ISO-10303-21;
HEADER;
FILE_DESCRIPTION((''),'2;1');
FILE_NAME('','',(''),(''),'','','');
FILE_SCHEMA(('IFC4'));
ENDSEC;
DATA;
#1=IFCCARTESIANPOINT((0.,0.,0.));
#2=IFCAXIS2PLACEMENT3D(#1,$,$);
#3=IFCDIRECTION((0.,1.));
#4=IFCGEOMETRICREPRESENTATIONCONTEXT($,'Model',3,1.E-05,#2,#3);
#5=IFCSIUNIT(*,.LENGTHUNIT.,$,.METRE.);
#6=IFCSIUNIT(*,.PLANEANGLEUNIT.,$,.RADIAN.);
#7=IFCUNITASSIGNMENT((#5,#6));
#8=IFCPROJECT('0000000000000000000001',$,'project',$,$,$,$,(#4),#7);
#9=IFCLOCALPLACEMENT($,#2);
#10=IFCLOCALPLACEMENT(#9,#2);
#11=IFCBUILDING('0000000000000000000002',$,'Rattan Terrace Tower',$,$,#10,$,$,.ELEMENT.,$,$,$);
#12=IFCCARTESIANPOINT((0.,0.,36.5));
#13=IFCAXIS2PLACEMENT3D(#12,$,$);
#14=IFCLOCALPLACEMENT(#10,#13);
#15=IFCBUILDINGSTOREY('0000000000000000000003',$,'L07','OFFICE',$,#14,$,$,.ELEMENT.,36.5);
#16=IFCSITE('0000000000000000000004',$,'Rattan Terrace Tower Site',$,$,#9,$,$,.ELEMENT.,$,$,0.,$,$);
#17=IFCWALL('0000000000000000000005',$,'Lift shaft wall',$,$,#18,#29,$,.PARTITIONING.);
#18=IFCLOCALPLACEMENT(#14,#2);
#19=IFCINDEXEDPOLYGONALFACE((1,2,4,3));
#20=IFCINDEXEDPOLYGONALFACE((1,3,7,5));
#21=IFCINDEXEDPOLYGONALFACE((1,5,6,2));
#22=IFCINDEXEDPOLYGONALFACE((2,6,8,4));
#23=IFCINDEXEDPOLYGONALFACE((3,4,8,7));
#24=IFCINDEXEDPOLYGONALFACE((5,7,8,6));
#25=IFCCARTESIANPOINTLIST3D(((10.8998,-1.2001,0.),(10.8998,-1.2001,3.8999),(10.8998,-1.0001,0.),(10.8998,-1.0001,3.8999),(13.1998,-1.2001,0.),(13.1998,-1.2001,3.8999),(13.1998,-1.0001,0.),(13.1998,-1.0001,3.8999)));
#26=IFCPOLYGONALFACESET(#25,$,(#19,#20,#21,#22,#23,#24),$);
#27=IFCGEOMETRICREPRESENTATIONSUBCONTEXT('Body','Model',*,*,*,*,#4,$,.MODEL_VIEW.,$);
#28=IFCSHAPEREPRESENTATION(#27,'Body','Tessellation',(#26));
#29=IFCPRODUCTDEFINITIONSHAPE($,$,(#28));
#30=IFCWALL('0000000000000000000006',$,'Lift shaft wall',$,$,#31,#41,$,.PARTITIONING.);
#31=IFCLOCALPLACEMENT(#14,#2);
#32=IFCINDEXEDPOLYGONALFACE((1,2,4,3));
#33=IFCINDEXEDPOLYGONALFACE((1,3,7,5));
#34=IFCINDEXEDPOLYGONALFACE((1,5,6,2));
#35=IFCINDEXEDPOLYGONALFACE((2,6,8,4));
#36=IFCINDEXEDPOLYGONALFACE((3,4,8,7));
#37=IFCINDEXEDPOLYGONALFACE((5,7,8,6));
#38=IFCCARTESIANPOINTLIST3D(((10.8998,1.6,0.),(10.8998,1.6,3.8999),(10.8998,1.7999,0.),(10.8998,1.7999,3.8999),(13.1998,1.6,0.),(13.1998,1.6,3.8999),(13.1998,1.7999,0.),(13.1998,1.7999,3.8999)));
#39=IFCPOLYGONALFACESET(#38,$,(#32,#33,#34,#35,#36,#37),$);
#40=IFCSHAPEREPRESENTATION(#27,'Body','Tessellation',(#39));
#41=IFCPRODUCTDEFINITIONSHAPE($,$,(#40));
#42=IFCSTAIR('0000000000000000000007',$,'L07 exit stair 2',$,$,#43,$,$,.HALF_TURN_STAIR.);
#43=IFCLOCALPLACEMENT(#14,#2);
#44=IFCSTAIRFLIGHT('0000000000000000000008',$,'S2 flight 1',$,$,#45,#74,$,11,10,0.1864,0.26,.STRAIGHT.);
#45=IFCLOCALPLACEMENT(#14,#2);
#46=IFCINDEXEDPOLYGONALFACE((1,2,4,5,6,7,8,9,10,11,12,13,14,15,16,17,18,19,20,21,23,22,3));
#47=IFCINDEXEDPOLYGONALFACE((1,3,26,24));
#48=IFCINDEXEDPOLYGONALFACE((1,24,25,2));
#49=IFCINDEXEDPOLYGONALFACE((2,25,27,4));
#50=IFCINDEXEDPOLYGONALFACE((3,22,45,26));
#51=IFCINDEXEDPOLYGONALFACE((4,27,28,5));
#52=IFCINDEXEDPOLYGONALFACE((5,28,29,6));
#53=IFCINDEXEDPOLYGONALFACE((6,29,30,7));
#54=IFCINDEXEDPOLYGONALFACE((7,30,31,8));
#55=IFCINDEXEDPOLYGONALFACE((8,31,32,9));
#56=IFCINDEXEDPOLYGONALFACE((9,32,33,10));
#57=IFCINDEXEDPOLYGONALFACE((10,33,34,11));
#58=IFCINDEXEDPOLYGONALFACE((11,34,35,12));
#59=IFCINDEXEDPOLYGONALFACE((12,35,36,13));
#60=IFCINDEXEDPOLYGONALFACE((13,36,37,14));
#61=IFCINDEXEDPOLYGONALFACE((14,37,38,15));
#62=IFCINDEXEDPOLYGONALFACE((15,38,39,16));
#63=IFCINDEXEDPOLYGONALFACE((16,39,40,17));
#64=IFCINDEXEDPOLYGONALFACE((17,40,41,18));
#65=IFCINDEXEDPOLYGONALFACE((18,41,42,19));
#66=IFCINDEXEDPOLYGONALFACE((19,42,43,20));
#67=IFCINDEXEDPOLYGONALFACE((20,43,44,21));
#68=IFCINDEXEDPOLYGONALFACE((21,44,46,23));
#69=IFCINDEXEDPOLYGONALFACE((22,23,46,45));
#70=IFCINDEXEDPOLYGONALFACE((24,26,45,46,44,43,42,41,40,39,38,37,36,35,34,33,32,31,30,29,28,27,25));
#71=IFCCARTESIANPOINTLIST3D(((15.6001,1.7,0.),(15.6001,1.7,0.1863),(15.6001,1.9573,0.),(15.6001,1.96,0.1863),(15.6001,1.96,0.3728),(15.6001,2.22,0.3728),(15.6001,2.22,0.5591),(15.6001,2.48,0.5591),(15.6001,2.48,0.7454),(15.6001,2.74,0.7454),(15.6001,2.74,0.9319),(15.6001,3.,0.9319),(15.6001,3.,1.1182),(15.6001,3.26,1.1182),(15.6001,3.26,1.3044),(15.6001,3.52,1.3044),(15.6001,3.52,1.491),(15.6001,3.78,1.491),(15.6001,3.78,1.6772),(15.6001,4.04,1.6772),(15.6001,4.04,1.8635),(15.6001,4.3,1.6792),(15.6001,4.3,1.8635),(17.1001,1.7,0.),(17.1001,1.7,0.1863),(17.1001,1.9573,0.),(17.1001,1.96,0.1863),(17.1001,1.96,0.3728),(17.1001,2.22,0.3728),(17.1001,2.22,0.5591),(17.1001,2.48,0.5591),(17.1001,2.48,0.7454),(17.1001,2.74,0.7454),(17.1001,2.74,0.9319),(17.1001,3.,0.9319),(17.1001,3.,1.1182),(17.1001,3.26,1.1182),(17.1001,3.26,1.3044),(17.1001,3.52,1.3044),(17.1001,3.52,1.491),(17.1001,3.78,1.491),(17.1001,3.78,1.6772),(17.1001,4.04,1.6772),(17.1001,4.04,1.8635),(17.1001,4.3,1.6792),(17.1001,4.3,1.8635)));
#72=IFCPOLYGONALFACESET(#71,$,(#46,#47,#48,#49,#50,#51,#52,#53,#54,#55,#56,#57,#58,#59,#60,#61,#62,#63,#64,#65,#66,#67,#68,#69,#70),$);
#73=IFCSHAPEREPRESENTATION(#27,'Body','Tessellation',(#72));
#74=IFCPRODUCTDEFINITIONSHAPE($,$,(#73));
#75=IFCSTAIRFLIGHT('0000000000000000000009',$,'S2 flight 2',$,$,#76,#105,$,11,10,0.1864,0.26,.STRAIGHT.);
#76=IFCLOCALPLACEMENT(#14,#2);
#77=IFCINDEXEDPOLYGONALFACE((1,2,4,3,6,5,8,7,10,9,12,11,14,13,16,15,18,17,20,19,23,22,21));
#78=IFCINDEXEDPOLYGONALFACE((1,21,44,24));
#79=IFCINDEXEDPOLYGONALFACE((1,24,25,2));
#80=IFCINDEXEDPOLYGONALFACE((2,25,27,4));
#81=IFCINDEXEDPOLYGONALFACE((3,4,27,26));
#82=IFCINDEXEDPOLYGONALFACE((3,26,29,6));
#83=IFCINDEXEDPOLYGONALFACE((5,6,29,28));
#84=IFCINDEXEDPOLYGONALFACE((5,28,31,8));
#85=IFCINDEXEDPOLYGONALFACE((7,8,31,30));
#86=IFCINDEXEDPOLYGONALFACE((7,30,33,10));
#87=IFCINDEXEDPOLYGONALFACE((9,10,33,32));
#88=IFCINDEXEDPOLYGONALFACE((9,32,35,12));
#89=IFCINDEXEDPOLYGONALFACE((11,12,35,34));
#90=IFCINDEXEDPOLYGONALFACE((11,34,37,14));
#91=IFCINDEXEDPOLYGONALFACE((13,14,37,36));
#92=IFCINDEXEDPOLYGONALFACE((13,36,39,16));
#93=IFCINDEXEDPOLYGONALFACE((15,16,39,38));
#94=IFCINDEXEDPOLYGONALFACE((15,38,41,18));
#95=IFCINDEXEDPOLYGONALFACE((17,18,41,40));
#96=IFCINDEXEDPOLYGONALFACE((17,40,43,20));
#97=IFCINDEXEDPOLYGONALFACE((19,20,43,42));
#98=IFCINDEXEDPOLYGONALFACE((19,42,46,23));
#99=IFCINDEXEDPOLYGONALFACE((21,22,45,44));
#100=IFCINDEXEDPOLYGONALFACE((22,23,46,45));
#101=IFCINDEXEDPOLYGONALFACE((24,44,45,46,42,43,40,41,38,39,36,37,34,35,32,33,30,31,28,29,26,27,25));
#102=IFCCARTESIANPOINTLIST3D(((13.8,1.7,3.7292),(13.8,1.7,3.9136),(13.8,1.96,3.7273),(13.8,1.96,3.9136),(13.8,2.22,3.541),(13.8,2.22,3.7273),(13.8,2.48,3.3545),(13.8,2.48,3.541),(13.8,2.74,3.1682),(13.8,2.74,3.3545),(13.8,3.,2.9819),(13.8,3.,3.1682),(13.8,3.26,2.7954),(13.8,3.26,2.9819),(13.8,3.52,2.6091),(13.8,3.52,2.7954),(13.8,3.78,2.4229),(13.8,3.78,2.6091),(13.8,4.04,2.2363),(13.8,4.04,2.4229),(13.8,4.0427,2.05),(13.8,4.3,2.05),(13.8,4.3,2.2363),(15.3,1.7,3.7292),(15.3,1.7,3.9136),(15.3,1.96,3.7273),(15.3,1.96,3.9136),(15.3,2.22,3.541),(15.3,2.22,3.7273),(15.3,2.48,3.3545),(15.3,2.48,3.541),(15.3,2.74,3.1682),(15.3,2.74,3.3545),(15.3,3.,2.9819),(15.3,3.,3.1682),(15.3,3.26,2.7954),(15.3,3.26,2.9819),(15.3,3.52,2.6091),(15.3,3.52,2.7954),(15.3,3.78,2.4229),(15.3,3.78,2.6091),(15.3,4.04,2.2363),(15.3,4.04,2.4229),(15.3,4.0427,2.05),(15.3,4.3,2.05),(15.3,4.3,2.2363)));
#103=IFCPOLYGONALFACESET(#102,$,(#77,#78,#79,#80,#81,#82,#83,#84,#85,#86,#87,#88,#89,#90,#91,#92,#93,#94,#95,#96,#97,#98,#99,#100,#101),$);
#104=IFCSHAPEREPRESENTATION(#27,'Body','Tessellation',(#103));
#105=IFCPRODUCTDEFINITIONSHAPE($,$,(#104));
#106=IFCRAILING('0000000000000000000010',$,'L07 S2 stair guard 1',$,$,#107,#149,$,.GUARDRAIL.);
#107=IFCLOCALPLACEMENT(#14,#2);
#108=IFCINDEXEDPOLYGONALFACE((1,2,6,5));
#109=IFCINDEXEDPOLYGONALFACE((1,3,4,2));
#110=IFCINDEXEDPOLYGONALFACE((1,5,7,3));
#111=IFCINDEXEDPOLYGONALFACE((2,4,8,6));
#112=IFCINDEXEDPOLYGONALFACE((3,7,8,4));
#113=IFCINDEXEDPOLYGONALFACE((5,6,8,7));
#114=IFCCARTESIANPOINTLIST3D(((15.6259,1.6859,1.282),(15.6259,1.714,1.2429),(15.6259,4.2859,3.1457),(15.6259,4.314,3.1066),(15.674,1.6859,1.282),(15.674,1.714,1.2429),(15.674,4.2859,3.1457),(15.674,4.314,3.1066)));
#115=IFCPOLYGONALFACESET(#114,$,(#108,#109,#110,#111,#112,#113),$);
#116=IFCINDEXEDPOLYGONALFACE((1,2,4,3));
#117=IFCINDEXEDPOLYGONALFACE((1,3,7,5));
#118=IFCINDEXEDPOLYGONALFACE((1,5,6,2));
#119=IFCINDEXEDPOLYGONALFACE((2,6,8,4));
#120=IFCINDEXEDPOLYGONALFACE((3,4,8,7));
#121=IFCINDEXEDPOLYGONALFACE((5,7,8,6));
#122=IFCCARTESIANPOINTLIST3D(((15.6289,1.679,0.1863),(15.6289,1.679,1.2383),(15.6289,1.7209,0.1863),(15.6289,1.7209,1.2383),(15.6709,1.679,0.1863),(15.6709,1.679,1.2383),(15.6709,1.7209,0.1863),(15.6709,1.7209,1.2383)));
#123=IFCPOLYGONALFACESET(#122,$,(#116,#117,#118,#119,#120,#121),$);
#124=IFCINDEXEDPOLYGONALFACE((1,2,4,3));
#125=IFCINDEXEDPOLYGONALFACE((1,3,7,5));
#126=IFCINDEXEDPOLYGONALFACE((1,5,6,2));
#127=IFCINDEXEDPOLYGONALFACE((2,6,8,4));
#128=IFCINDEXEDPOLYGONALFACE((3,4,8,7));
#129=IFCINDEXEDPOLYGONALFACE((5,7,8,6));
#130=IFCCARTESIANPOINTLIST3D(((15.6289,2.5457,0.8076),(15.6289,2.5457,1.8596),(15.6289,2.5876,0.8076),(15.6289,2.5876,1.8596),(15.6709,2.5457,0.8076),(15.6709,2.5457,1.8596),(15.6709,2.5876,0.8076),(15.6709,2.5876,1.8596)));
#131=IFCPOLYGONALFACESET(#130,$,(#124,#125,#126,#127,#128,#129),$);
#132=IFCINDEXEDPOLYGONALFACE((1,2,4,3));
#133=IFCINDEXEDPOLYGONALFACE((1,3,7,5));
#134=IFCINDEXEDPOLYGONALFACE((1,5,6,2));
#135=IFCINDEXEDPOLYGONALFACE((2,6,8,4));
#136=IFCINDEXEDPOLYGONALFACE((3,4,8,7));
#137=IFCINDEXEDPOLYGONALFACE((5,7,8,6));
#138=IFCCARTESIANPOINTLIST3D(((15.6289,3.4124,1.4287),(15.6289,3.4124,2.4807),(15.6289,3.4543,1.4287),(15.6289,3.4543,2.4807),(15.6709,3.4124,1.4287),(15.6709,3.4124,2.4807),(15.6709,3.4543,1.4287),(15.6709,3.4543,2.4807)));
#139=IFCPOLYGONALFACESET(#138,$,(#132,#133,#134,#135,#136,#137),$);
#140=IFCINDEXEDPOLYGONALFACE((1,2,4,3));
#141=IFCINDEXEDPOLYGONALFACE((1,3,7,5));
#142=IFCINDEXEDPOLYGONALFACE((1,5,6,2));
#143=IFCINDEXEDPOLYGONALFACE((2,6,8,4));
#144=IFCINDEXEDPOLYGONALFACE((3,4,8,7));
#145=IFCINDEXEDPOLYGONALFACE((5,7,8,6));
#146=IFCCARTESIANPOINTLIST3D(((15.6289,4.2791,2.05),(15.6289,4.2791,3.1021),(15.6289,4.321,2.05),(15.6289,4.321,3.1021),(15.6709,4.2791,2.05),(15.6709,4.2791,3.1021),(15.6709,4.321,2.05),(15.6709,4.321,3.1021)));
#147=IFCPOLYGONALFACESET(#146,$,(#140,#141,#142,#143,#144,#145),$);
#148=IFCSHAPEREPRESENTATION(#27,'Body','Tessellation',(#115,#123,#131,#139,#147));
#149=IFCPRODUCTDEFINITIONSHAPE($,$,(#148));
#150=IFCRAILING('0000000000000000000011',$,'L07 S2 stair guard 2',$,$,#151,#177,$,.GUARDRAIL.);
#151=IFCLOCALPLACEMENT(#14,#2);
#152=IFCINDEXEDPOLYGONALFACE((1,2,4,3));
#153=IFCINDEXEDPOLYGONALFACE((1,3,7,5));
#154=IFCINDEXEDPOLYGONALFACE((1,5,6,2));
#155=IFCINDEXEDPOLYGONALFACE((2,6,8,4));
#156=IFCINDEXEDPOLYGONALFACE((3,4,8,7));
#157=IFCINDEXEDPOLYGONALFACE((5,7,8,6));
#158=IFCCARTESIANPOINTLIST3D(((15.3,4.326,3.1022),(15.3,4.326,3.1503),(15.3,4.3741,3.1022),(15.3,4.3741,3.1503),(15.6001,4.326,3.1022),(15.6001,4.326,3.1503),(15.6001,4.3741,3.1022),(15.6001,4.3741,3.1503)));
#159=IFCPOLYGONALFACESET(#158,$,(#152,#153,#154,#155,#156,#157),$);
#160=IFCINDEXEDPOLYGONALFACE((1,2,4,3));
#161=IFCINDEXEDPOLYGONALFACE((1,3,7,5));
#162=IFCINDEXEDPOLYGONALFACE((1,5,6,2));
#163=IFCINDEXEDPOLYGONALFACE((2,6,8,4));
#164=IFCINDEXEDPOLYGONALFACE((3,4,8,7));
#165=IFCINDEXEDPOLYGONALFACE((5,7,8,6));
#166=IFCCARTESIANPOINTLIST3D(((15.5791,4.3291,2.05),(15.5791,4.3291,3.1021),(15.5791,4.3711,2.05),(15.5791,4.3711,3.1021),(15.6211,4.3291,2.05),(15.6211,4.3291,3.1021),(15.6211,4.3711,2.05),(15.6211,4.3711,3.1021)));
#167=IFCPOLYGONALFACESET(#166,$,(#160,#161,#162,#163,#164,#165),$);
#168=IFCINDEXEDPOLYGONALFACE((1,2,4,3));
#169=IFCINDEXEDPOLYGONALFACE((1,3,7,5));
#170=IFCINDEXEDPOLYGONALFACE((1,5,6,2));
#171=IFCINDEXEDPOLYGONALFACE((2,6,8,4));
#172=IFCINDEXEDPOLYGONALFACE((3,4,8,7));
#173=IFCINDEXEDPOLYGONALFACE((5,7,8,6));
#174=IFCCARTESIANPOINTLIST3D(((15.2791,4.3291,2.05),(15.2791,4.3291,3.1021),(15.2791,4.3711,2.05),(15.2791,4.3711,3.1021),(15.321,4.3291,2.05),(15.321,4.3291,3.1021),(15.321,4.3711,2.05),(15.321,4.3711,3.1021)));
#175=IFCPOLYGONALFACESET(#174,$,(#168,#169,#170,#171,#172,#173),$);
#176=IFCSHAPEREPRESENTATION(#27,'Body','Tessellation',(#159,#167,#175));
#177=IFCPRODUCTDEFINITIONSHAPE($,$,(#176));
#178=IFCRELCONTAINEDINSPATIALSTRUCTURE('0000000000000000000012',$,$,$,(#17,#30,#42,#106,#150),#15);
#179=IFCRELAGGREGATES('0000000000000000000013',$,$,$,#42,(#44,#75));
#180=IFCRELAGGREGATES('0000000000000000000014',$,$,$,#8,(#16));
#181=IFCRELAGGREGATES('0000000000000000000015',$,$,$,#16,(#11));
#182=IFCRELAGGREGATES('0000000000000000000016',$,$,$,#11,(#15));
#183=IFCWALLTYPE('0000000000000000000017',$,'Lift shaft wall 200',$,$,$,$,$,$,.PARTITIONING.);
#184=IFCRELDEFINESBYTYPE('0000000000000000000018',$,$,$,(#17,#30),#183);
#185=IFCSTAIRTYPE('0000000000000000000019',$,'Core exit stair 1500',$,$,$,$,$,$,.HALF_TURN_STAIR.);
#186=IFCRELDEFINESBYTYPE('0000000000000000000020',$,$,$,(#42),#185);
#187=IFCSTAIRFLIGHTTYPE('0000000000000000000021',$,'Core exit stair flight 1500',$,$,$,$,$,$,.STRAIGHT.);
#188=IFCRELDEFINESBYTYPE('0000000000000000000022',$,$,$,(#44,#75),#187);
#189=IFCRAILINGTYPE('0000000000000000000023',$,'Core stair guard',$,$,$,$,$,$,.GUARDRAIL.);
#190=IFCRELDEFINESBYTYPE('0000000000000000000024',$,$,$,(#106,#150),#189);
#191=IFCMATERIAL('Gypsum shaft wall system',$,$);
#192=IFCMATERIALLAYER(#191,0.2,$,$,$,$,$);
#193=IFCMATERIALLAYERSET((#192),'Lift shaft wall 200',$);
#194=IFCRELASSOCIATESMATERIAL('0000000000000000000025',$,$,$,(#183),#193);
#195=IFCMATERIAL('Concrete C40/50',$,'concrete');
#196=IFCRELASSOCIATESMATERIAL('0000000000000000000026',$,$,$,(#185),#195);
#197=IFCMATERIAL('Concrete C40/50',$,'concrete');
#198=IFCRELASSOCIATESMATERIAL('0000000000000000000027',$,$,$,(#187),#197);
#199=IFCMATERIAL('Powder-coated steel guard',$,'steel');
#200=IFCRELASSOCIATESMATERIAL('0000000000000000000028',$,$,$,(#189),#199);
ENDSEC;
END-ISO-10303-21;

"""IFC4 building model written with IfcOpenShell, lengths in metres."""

from ifc_helpers import new_model, si_unit, direction, frame, frame_2d, origin, origin_2d, place, context, subcontext, project, spatial, polyline, rectangle, outline, extrude, material, layer, layer_set, type_object, element, aggregate, save


model = new_model("IFC4")

# Units and contexts
model_context = context("Model", 3, precision=1e-05, world=origin(), true_north=direction((0.0, 1.0)))
body_context = subcontext(model_context, "Body", "Model", "MODEL_VIEW")
ifc_project = project(units=[si_unit("LENGTHUNIT", "METRE"), si_unit("PLANEANGLEUNIT", "RADIAN")], contexts=[model_context])

# Site, building, storey
site_placement = place(None, origin())
site = spatial("IfcSite", under=ifc_project, at=site_placement, Name="Rattan Terrace Tower Site", CompositionType="ELEMENT", RefElevation=0.0)
building_placement = place(site_placement, origin())
building = spatial("IfcBuilding", under=site, at=building_placement, Name="Rattan Terrace Tower", CompositionType="ELEMENT")
storey_placement = place(building_placement, frame((0.0, 0.0, 36.5)))
storey = spatial("IfcBuildingStorey", under=building, at=storey_placement, Name="L07", Description="OFFICE", CompositionType="ELEMENT", Elevation=36.5)

# Walls
ifc_material_1 = material(Name="Gypsum shaft wall system")
ifc_layer_1 = layer(ifc_material_1, 0.2)
ifc_layer_set_1 = layer_set([ifc_layer_1], Name="Lift shaft wall 200")
wall_type_1 = type_object("IfcWallType", Name="Lift shaft wall 200", PredefinedType="PARTITIONING", material=ifc_layer_set_1)
for number, where, z_axis, x_axis, name in (
    (1, (10.8999, -1.1001, 0.0), (0.0, 0.0, 1.0), (1.0, 0.0, 0.0), "Lift shaft wall"),
    (2, (10.8999, 1.7, 0.0), (0.0, 0.0, 1.0), (1.0, 0.0, 0.0), "Lift shaft wall"),
):
    element("IfcWall", number, at=place(storey_placement, frame(where, z_axis=z_axis, x_axis=x_axis)), inside=storey, type_object=wall_type_1, Name=name, PredefinedType="PARTITIONING", context=body_context, shape_type="SweptSolid", body=[
        extrude(rectangle(XDim=2.3, YDim=0.2, at=frame_2d((1.1499, 0.0))), origin(), (0.0, 0.0, 1.0), 3.8999),
    ])

# Stair, stair flights
ifc_material_2 = material(Name="Concrete C40/50", Category="concrete")
stair_type = type_object("IfcStairType", Name="Core exit stair 1500", PredefinedType="HALF_TURN_STAIR", material=ifc_material_2)
stair_placement = place(storey_placement, origin())
stair = element("IfcStair", 3, at=stair_placement, inside=storey, type_object=stair_type, Name="L07 exit stair 2", PredefinedType="HALF_TURN_STAIR")
ifc_material_3 = material(Name="Concrete C40/50", Category="concrete")
stair_flight_type = type_object("IfcStairFlightType", Name="Core exit stair flight 1500", PredefinedType="STRAIGHT", material=ifc_material_3)
stair_flight_1_placement = place(storey_placement, frame((16.3501, 1.7, 0.0), z_axis=(0.0, 0.0, 1.0), x_axis=(0.0, 1.0, 0.0)))
stair_flight_1 = element("IfcStairFlight", 4, at=stair_flight_1_placement, type_object=stair_flight_type, Name="S2 flight 1", NumberOfRisers=11, NumberOfTreads=10, PredefinedType="STRAIGHT", RiserHeight=0.1864, TreadLength=0.26, context=body_context, shape_type="SweptSolid", body=[
    extrude(outline(polyline([(0.0, 0.0), (0.0, 0.1863), (0.26, 0.1863), (0.26, 0.3728), (0.52, 0.3728), (0.52, 0.5591), (0.78, 0.5591), (0.78, 0.7454), (1.04, 0.7454), (1.04, 0.9319), (1.3, 0.9319), (1.3, 1.1182), (1.5601, 1.1182), (1.5601, 1.3044), (1.8201, 1.3044), (1.8201, 1.491), (2.0801, 1.491), (2.0801, 1.6772), (2.3401, 1.6772), (2.3401, 1.8635), (2.6001, 1.8635), (2.6001, 2.05), (2.6001, 1.6792), (0.2573, 0.0), (0.0, 0.0)])), frame((0.0, 0.75, 0.0), z_axis=(0.0, -1.0, 0.0), x_axis=(1.0, 0.0, 0.0)), (0.0, 0.0, 1.0), 1.5),
])
stair_flight_2_placement = place(storey_placement, frame((14.55, 4.3, 2.05), z_axis=(0.0, 0.0, 1.0), x_axis=(0.0, -1.0, 0.0)))
stair_flight_2 = element("IfcStairFlight", 5, at=stair_flight_2_placement, type_object=stair_flight_type, Name="S2 flight 2", NumberOfRisers=11, NumberOfTreads=10, PredefinedType="STRAIGHT", RiserHeight=0.1864, TreadLength=0.26, context=body_context, shape_type="SweptSolid", body=[
    extrude(outline(polyline([(0.0, 0.0), (0.0, 0.1863), (0.26, 0.1863), (0.26, 0.3728), (0.52, 0.3728), (0.52, 0.5591), (0.78, 0.5591), (0.78, 0.7454), (1.04, 0.7454), (1.04, 0.9319), (1.3, 0.9319), (1.3, 1.1182), (1.5601, 1.1182), (1.5601, 1.3044), (1.8201, 1.3044), (1.8201, 1.491), (2.0801, 1.491), (2.0801, 1.6772), (2.3401, 1.6772), (2.3401, 1.8635), (2.6001, 1.8635), (2.6001, 2.05), (2.6001, 1.6792), (0.2573, 0.0), (0.0, 0.0)])), frame((0.0, 0.75, 0.0), z_axis=(0.0, -1.0, 0.0), x_axis=(1.0, 0.0, 0.0)), (0.0, 0.0, 1.0), 1.5),
])
aggregate(stair, [stair_flight_1, stair_flight_2])

# Railings
ifc_material_4 = material(Name="Powder-coated steel guard", Category="steel")
railing_type_1 = type_object("IfcRailingType", Name="Core stair guard", PredefinedType="GUARDRAIL", material=ifc_material_4)
railing_1_placement = place(storey_placement, frame((15.6499, 1.7, 0.1863)))
element("IfcRailing", 6, at=railing_1_placement, inside=storey, type_object=railing_type_1, Name="L07 S2 stair guard 1", PredefinedType="GUARDRAIL", context=body_context, shape_type="SweptSolid", body=[
    extrude(rectangle(XDim=0.0481, YDim=0.0481, at=origin_2d()), frame((0.0, 0.0, 1.0762), z_axis=(0.0, 0.812763, 0.582595), x_axis=(-1.0, 0.0, 0.0)), (0.0, 0.0, 1.0), 3.199),
    extrude(rectangle(XDim=0.042, YDim=0.042, at=origin_2d()), origin(), (0.0, 0.0, 1.0), 1.052),
    extrude(rectangle(XDim=0.042, YDim=0.042, at=origin_2d()), frame((0.0, 0.8667, 0.6213)), (0.0, 0.0, 1.0), 1.052),
    extrude(rectangle(XDim=0.042, YDim=0.042, at=origin_2d()), frame((0.0, 1.7334, 1.2424)), (0.0, 0.0, 1.0), 1.052),
    extrude(rectangle(XDim=0.042, YDim=0.042, at=origin_2d()), frame((0.0, 2.6001, 1.8638)), (0.0, 0.0, 1.0), 1.052),
])
railing_2_placement = place(storey_placement, frame((15.6001, 4.3501, 2.05)))
element("IfcRailing", 7, at=railing_2_placement, inside=storey, type_object=railing_type_1, Name="L07 S2 stair guard 2", PredefinedType="GUARDRAIL", context=body_context, shape_type="SweptSolid", body=[
    extrude(rectangle(XDim=0.0481, YDim=0.0481, at=origin_2d()), frame((0.0, 0.0, 1.0762), z_axis=(-1.0, 0.0, 0.0), x_axis=(0.0, -1.0, 0.0)), (0.0, 0.0, 1.0), 0.3),
    extrude(rectangle(XDim=0.042, YDim=0.042, at=origin_2d()), origin(), (0.0, 0.0, 1.0), 1.052),
    extrude(rectangle(XDim=0.042, YDim=0.042, at=origin_2d()), frame((-0.3, 0.0, 0.0)), (0.0, 0.0, 1.0), 1.052),
])

save(model, "model.ifc")
